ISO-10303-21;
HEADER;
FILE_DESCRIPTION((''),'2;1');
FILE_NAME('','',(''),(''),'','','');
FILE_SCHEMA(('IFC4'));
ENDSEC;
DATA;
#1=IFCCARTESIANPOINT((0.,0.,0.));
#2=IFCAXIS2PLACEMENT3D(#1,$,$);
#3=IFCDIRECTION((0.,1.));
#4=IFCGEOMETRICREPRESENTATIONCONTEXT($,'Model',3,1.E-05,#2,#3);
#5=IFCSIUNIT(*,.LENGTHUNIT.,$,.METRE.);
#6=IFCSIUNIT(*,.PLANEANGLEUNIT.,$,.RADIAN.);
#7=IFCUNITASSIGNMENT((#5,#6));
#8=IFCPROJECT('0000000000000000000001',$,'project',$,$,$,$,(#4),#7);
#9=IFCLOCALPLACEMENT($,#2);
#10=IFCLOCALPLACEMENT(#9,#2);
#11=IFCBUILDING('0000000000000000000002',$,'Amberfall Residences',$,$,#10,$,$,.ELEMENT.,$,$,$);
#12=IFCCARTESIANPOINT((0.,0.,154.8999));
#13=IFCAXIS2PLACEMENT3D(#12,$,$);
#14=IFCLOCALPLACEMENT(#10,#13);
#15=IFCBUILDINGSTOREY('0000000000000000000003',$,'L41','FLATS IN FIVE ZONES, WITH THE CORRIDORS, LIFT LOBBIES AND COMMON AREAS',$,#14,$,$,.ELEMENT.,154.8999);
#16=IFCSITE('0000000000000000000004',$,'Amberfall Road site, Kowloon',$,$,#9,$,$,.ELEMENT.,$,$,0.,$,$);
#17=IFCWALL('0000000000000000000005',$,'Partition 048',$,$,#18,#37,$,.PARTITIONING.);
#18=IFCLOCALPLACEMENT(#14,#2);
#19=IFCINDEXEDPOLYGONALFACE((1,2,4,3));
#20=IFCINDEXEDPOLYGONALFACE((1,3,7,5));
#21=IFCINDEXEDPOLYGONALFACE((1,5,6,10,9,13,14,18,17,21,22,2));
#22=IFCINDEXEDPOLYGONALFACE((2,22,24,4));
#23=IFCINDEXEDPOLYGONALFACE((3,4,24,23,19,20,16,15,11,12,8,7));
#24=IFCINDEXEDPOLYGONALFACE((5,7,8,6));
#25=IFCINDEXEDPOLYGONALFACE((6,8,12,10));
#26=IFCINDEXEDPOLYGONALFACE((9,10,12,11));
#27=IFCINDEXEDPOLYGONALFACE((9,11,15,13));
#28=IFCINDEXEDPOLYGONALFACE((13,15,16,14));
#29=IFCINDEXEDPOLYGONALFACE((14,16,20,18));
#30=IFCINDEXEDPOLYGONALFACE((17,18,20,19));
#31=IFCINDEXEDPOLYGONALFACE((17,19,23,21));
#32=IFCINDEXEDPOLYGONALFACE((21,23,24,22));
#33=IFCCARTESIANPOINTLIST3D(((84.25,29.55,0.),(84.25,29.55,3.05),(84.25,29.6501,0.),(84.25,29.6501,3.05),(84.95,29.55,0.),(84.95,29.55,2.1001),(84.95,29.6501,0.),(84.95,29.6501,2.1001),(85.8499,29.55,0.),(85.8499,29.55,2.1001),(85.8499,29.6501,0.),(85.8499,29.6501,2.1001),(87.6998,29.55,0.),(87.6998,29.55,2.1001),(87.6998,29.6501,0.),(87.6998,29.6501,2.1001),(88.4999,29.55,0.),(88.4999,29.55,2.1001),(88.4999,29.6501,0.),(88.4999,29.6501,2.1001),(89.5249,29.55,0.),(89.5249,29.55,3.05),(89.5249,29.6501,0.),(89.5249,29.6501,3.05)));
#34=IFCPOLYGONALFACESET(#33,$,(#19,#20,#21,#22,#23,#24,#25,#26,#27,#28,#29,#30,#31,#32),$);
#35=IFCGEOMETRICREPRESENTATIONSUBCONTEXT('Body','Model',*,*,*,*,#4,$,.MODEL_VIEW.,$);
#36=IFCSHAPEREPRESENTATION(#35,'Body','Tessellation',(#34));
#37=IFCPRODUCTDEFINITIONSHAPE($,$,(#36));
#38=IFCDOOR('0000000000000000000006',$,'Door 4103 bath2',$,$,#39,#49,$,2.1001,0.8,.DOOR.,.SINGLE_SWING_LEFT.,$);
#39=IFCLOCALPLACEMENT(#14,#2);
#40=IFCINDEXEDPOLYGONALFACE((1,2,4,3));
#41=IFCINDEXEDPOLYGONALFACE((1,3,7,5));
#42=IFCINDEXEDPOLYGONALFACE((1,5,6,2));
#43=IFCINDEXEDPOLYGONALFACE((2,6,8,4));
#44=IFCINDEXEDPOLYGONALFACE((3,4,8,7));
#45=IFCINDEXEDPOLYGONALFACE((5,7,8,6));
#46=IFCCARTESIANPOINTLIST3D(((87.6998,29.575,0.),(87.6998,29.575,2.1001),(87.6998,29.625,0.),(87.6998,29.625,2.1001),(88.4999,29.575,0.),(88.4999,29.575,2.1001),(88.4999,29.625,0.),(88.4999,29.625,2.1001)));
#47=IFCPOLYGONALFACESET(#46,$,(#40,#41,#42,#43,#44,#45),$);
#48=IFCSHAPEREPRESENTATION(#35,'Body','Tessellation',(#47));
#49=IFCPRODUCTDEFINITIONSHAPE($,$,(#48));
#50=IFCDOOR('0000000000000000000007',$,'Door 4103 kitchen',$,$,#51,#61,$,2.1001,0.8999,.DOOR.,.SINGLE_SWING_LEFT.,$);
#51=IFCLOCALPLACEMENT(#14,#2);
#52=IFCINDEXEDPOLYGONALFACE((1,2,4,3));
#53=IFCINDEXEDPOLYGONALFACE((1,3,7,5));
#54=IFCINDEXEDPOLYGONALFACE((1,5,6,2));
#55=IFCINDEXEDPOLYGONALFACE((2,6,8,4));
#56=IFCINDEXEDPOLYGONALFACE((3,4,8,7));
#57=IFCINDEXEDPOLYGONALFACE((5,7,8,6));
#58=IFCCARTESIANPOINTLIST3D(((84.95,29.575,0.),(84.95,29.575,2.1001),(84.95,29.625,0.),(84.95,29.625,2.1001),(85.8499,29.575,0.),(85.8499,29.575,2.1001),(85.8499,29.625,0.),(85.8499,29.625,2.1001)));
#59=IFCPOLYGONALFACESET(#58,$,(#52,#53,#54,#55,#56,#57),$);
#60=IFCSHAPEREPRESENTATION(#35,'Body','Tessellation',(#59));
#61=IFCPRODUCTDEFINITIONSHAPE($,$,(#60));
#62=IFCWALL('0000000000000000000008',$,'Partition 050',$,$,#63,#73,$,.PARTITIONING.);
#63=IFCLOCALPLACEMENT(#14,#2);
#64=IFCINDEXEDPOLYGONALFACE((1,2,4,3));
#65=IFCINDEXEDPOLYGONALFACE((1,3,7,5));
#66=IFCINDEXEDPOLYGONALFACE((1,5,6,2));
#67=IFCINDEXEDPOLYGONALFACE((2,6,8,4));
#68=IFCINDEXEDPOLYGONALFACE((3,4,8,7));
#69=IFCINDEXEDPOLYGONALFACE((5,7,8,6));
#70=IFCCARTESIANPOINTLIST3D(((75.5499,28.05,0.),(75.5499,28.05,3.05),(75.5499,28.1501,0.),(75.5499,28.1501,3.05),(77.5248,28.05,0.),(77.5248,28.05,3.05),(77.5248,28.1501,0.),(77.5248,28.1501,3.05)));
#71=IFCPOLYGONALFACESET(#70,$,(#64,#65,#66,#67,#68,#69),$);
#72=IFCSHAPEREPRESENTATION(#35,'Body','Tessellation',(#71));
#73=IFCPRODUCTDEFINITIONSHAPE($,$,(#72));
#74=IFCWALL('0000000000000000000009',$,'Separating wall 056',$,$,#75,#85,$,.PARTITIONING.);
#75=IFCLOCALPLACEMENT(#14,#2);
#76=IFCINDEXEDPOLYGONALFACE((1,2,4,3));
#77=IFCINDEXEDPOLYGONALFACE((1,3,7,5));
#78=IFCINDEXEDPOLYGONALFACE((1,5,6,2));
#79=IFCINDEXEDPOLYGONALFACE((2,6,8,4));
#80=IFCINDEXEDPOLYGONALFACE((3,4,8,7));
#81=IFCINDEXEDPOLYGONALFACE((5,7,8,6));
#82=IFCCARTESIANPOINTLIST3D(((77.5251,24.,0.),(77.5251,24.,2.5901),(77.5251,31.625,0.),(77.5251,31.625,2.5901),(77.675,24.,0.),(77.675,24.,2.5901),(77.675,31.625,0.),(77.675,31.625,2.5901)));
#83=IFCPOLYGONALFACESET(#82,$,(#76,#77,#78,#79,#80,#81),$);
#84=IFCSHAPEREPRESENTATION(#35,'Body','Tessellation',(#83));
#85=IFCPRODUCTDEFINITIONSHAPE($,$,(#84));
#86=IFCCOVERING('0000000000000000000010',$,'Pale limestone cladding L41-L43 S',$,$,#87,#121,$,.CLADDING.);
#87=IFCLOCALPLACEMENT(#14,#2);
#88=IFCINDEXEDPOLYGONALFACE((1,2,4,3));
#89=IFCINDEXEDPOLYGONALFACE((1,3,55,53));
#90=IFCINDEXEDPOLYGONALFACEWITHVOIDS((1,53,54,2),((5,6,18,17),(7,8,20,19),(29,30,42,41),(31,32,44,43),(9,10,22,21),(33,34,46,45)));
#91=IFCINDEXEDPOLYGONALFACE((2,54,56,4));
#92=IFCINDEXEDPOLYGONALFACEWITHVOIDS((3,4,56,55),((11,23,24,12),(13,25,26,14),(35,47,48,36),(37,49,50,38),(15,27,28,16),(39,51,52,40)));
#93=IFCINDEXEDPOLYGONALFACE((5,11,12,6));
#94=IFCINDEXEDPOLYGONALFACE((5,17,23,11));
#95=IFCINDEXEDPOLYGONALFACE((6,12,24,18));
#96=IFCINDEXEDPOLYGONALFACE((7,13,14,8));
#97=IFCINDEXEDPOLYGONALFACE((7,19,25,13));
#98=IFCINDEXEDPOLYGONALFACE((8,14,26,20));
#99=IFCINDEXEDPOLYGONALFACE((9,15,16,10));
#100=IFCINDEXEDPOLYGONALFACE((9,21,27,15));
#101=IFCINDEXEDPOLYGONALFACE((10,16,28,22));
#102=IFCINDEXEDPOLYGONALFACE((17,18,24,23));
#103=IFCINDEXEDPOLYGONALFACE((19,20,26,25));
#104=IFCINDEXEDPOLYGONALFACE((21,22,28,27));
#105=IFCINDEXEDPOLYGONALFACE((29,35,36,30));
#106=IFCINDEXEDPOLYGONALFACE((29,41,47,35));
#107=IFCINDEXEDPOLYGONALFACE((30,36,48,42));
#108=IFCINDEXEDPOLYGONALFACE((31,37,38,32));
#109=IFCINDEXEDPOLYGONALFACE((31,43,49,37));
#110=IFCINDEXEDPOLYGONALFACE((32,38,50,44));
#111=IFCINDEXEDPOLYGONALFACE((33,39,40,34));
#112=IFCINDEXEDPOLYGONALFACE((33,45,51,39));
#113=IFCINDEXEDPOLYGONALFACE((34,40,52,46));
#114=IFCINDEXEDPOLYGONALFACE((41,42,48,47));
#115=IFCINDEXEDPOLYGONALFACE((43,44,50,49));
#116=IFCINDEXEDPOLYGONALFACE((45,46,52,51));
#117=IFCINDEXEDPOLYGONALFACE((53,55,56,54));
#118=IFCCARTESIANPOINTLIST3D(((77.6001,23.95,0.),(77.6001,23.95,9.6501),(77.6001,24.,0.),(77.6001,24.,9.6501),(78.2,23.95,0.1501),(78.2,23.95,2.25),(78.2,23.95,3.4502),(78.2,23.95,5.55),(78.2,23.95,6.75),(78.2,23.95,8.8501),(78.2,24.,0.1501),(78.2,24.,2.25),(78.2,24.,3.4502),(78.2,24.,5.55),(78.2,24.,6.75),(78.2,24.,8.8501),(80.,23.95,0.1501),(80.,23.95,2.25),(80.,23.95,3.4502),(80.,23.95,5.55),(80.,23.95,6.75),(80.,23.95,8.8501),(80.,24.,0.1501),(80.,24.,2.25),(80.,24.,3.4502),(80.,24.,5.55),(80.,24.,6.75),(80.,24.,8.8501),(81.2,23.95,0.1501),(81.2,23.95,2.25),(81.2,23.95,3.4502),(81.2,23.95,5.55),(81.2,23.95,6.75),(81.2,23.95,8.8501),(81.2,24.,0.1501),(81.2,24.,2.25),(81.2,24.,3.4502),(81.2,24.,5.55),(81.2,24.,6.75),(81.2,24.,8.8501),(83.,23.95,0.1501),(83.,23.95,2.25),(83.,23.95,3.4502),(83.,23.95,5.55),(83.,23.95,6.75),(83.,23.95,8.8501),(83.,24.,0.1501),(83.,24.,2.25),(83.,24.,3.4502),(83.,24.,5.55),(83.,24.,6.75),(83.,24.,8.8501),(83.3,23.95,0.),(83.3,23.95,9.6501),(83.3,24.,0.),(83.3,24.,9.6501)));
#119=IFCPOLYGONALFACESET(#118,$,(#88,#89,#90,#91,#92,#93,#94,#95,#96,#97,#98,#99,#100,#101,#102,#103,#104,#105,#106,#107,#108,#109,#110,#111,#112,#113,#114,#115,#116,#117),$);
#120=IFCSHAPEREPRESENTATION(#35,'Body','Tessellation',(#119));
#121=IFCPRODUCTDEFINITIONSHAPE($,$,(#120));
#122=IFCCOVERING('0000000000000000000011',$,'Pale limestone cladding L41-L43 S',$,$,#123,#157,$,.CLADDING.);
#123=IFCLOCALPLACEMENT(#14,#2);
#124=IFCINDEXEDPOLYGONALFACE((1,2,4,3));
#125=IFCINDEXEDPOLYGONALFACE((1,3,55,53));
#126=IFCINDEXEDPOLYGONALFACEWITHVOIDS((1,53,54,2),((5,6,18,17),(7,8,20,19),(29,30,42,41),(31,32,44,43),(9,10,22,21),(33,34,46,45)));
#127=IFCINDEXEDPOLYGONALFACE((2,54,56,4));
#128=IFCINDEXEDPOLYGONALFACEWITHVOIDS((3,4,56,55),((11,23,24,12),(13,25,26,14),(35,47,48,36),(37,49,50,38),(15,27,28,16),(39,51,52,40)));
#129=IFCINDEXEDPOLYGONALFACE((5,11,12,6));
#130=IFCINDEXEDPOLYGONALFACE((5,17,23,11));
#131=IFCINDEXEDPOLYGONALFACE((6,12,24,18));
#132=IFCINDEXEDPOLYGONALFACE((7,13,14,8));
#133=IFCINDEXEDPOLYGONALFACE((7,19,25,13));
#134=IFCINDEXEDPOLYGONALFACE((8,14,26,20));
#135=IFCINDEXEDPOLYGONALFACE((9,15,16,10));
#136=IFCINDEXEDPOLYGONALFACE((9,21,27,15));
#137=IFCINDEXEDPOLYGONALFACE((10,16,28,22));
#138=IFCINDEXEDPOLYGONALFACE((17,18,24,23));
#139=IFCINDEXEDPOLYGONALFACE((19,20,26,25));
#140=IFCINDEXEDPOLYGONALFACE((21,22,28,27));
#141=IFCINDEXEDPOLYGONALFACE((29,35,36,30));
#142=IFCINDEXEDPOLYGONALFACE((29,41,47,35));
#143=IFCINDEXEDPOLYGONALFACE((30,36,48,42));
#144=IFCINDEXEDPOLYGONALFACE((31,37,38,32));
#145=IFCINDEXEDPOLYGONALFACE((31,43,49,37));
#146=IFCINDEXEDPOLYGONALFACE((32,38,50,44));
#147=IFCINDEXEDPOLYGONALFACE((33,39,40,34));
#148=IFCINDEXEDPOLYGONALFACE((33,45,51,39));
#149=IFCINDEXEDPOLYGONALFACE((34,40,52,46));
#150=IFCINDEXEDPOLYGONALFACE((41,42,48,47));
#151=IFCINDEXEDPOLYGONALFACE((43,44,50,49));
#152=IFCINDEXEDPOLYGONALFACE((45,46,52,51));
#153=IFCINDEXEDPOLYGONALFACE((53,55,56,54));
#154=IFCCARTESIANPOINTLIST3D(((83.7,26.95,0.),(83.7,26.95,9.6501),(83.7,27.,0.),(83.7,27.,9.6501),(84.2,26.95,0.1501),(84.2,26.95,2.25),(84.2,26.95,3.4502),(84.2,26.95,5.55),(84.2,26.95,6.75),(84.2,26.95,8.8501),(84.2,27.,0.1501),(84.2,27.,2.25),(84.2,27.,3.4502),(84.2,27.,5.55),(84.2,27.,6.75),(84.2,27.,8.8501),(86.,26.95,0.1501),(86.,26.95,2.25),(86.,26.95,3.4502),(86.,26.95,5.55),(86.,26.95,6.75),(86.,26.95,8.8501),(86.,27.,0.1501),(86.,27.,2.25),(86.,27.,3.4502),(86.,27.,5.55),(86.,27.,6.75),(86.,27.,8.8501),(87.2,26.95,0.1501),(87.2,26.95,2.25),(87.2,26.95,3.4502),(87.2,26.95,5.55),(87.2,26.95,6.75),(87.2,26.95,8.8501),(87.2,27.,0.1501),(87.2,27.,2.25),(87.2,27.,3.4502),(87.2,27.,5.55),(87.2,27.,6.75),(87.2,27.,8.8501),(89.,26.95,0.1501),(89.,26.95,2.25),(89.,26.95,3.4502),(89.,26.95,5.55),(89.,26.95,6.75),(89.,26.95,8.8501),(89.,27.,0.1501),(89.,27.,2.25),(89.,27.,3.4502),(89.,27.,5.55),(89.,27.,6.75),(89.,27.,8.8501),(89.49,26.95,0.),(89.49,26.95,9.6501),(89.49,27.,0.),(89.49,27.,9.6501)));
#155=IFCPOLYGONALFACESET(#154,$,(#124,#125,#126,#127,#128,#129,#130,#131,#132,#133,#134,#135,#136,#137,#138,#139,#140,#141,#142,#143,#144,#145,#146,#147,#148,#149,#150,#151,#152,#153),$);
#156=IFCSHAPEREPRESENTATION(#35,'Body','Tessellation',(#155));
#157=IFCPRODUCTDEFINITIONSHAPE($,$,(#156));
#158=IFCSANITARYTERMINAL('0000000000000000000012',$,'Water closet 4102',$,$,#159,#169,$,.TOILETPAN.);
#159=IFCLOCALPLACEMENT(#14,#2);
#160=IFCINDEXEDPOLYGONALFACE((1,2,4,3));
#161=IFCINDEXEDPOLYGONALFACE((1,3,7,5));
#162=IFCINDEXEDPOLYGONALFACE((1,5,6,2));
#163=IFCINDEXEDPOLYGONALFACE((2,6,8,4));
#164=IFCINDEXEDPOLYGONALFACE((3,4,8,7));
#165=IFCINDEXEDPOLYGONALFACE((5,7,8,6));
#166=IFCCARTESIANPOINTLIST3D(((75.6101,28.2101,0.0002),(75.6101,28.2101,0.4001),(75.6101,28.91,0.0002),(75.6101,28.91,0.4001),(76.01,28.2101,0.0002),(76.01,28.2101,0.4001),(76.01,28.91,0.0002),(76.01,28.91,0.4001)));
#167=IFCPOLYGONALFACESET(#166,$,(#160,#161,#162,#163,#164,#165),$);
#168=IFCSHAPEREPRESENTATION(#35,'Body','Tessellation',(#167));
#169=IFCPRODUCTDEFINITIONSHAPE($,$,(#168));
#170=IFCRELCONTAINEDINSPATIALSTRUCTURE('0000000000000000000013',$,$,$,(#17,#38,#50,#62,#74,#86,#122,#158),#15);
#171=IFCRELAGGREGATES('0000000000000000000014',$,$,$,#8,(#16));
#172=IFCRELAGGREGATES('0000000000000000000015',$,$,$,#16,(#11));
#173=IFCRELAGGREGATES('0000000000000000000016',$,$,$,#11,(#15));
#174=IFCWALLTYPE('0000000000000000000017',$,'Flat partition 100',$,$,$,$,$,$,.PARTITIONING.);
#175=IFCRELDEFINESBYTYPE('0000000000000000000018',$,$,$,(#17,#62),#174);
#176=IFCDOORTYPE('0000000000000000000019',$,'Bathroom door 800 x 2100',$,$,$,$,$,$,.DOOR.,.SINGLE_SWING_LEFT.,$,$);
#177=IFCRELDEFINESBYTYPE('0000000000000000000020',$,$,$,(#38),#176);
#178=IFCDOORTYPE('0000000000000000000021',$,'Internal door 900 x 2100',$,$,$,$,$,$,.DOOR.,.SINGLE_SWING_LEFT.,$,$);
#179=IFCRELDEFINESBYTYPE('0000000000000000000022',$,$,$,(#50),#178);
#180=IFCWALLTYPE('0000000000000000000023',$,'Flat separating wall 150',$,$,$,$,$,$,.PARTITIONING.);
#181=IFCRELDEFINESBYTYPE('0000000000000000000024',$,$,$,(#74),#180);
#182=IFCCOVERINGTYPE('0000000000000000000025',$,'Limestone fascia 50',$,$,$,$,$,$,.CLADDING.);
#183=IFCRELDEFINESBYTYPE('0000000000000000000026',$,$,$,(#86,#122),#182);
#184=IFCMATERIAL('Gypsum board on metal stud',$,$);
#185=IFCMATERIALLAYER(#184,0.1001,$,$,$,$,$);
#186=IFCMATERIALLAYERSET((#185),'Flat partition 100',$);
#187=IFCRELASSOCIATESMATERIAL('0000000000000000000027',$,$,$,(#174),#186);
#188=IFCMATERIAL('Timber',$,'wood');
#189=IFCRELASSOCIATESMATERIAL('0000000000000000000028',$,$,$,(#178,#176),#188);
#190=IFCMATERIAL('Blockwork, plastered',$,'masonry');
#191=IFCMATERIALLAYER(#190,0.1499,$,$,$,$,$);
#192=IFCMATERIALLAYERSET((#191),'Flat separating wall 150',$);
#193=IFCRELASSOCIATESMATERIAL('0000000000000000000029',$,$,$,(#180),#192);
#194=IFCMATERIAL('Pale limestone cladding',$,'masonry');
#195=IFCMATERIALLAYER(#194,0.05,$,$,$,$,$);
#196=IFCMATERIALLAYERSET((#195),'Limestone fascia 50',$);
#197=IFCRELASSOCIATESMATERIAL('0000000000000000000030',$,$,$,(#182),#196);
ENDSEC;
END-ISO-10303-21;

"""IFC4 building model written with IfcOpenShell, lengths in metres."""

from ifc_helpers import new_model, si_unit, direction, frame, frame_2d, origin, origin_2d, place, context, subcontext, project, spatial, polyline, rectangle, outline, extrude, material, layer, layer_set, type_object, element, fill, save


model = new_model("IFC4")

# Units and contexts
model_context = context("Model", 3, precision=1e-05, world=origin(), true_north=direction((0.0, 1.0)))
body_context = subcontext(model_context, "Body", "Model", "MODEL_VIEW")
ifc_project = project(units=[si_unit("LENGTHUNIT", "METRE"), si_unit("PLANEANGLEUNIT", "RADIAN")], contexts=[model_context])

# Site, building, storey
site_placement = place(None, origin())
site = spatial("IfcSite", under=ifc_project, at=site_placement, Name="Amberfall Road site, Kowloon", CompositionType="ELEMENT", RefElevation=0.0)
building_placement = place(site_placement, origin())
building = spatial("IfcBuilding", under=site, at=building_placement, Name="Amberfall Residences", CompositionType="ELEMENT")
storey_placement = place(building_placement, frame((0.0, 0.0, 154.8999)))
storey = spatial("IfcBuildingStorey", under=building, at=storey_placement, Name="L41", Description="FLATS IN FIVE ZONES, WITH THE CORRIDORS, LIFT LOBBIES AND COMMON AREAS", CompositionType="ELEMENT", Elevation=154.8999)

# Shared definitions
ifc_material_1 = material(Name="Gypsum board on metal stud")
ifc_layer_1 = layer(ifc_material_1, 0.1001)
ifc_layer_set_1 = layer_set([ifc_layer_1], Name="Flat partition 100")
wall_type_1 = type_object("IfcWallType", Name="Flat partition 100", PredefinedType="PARTITIONING", material=ifc_layer_set_1)
ifc_material_2 = material(Name="Timber", Category="wood")
door_type_1 = type_object("IfcDoorType", Name="Internal door 900 x 2100", OperationType="SINGLE_SWING_LEFT", PredefinedType="DOOR", material=ifc_material_2)

# Shared definitions
door_type_2 = type_object("IfcDoorType", Name="Bathroom door 800 x 2100", OperationType="SINGLE_SWING_LEFT", PredefinedType="DOOR", material=ifc_material_2)

# Wall, openings, doors
wall_1_placement = place(storey_placement, frame((84.25, 29.6001, 0.0), z_axis=(0.0, 0.0, 1.0), x_axis=(1.0, 0.0, 0.0)))
wall_1 = element("IfcWall", 1, at=wall_1_placement, inside=storey, type_object=wall_type_1, Name="Partition 048", PredefinedType="PARTITIONING", context=body_context, shape_type="SweptSolid", body=[
    extrude(rectangle(XDim=5.2749, YDim=0.1001, at=frame_2d((2.6375, 0.0))), origin(), (0.0, 0.0, 1.0), 3.05),
])
opening_1_placement = place(wall_1_placement, frame((0.7, 0.0, 0.0)))
opening_1 = element("IfcOpeningElement", 2, at=opening_1_placement, cuts=wall_1, PredefinedType="OPENING", context=body_context, shape_type="SweptSolid", body=[
    extrude(rectangle(XDim=0.8999, YDim=2.1001, at=frame_2d((0.45, 1.05))), frame((0.0, 0.0601, 0.0), z_axis=(0.0, -1.0, 0.0), x_axis=(1.0, 0.0, 0.0)), (0.0, 0.0, 1.0), 0.1201),
])
opening_2_placement = place(wall_1_placement, frame((3.45, 0.0, 0.0)))
opening_2 = element("IfcOpeningElement", 3, at=opening_2_placement, cuts=wall_1, PredefinedType="OPENING", context=body_context, shape_type="SweptSolid", body=[
    extrude(rectangle(XDim=0.8, YDim=2.1001, at=frame_2d((0.3999, 1.05))), frame((0.0, 0.0601, 0.0), z_axis=(0.0, -1.0, 0.0), x_axis=(1.0, 0.0, 0.0)), (0.0, 0.0, 1.0), 0.1201),
])
door_1_placement = place(opening_2_placement, origin())
door_1 = element("IfcDoor", 4, at=door_1_placement, inside=storey, type_object=door_type_2, Name="Door 4103 bath2", OperationType="SINGLE_SWING_LEFT", OverallHeight=2.1001, OverallWidth=0.8, PredefinedType="DOOR", context=body_context, shape_type="SweptSolid", body=[
    extrude(rectangle(XDim=0.8, YDim=2.1001, at=frame_2d((0.3999, 1.05))), frame((0.0, 0.0249, 0.0), z_axis=(0.0, -1.0, 0.0), x_axis=(1.0, 0.0, 0.0)), (0.0, 0.0, 1.0), 0.05),
])
fill(opening_2, door_1)
door_2_placement = place(opening_1_placement, origin())
door_2 = element("IfcDoor", 5, at=door_2_placement, inside=storey, type_object=door_type_1, Name="Door 4103 kitchen", OperationType="SINGLE_SWING_LEFT", OverallHeight=2.1001, OverallWidth=0.8999, PredefinedType="DOOR", context=body_context, shape_type="SweptSolid", body=[
    extrude(rectangle(XDim=0.8999, YDim=2.1001, at=frame_2d((0.45, 1.05))), frame((0.0, 0.0249, 0.0), z_axis=(0.0, -1.0, 0.0), x_axis=(1.0, 0.0, 0.0)), (0.0, 0.0, 1.0), 0.05),
])
fill(opening_1, door_2)

# Walls
wall_2_placement = place(storey_placement, frame((75.55, 28.1001, 0.0), z_axis=(0.0, 0.0, 1.0), x_axis=(1.0, 0.0, 0.0)))
element("IfcWall", 6, at=wall_2_placement, inside=storey, type_object=wall_type_1, Name="Partition 050", PredefinedType="PARTITIONING", context=body_context, shape_type="SweptSolid", body=[
    extrude(rectangle(XDim=1.9749, YDim=0.1001, at=frame_2d((0.9873, 0.0))), origin(), (0.0, 0.0, 1.0), 3.05),
])
ifc_material_3 = material(Name="Blockwork, plastered", Category="masonry")
ifc_layer_2 = layer(ifc_material_3, 0.1499)
ifc_layer_set_2 = layer_set([ifc_layer_2], Name="Flat separating wall 150")
wall_type_2 = type_object("IfcWallType", Name="Flat separating wall 150", PredefinedType="PARTITIONING", material=ifc_layer_set_2)
wall_3_placement = place(storey_placement, frame((77.6001, 24.0, 0.0), z_axis=(0.0, 0.0, 1.0), x_axis=(0.0, 1.0, 0.0)))
element("IfcWall", 7, at=wall_3_placement, inside=storey, type_object=wall_type_2, Name="Separating wall 056", PredefinedType="PARTITIONING", context=body_context, shape_type="SweptSolid", body=[
    extrude(rectangle(XDim=7.625, YDim=0.1499, at=frame_2d((3.8125, 0.0))), origin(), (0.0, 0.0, 1.0), 2.5901),
])

# Coverings
ifc_material_4 = material(Name="Pale limestone cladding", Category="masonry")
ifc_layer_3 = layer(ifc_material_4, 0.05)
ifc_layer_set_3 = layer_set([ifc_layer_3], Name="Limestone fascia 50")
covering_type = type_object("IfcCoveringType", Name="Limestone fascia 50", PredefinedType="CLADDING", material=ifc_layer_set_3)
covering_1_placement = place(storey_placement, frame((77.6001, 24.0, 9.6501), z_axis=(0.0, 1.0, 0.0), x_axis=(1.0, 0.0, 0.0)))
element("IfcCovering", 8, at=covering_1_placement, inside=storey, type_object=covering_type, Name="Pale limestone cladding L41-L43 S", PredefinedType="CLADDING", context=body_context, shape_type="SweptSolid", body=[
    extrude(outline(polyline([(0.0, 0.0), (5.7, 0.0), (5.7, 9.6501), (0.0, 9.6501), (0.0, 0.0)]), holes=[polyline([(0.5999, 7.4001), (2.3999, 7.4001), (2.3999, 9.5), (0.5999, 9.5), (0.5999, 7.4001)]), polyline([(3.5999, 7.4001), (5.3999, 7.4001), (5.3999, 9.5), (3.5999, 9.5), (3.5999, 7.4001)]), polyline([(0.5999, 4.1001), (2.3999, 4.1001), (2.3999, 6.2), (0.5999, 6.2), (0.5999, 4.1001)]), polyline([(3.5999, 4.1001), (5.3999, 4.1001), (5.3999, 6.2), (3.5999, 6.2), (3.5999, 4.1001)]), polyline([(0.5999, 0.8), (2.3999, 0.8), (2.3999, 2.9001), (0.5999, 2.9001), (0.5999, 0.8)]), polyline([(3.5999, 0.8), (5.3999, 0.8), (5.3999, 2.9001), (3.5999, 2.9001), (3.5999, 0.8)])]), origin(), (0.0, 0.0, -1.0), 0.05),
])
covering_2_placement = place(storey_placement, frame((83.7, 27.0, 9.6501), z_axis=(0.0, 1.0, 0.0), x_axis=(1.0, 0.0, 0.0)))
element("IfcCovering", 9, at=covering_2_placement, inside=storey, type_object=covering_type, Name="Pale limestone cladding L41-L43 S", PredefinedType="CLADDING", context=body_context, shape_type="SweptSolid", body=[
    extrude(outline(polyline([(0.0, 0.0), (5.79, 0.0), (5.79, 9.6501), (0.0, 9.6501), (0.0, 0.0)]), holes=[polyline([(0.5, 7.4001), (2.3, 7.4001), (2.3, 9.5), (0.5, 9.5), (0.5, 7.4001)]), polyline([(3.5, 7.4001), (5.3, 7.4001), (5.3, 9.5), (3.5, 9.5), (3.5, 7.4001)]), polyline([(0.5, 4.1001), (2.3, 4.1001), (2.3, 6.2), (0.5, 6.2), (0.5, 4.1001)]), polyline([(3.5, 4.1001), (5.3, 4.1001), (5.3, 6.2), (3.5, 6.2), (3.5, 4.1001)]), polyline([(0.5, 0.8), (2.3, 0.8), (2.3, 2.9001), (0.5, 2.9001), (0.5, 0.8)]), polyline([(3.5, 0.8), (5.3, 0.8), (5.3, 2.9001), (3.5, 2.9001), (3.5, 0.8)])]), origin(), (0.0, 0.0, -1.0), 0.05),
])

# Sanitary terminal
sanitary_terminal_1_placement = place(storey_placement, frame((75.8101, 28.5601, 0.0002), z_axis=(0.0, 0.0, 1.0), x_axis=(1.0, 0.0, 0.0)))
element("IfcSanitaryTerminal", 10, at=sanitary_terminal_1_placement, inside=storey, Name="Water closet 4102", PredefinedType="TOILETPAN", context=body_context, shape_type="SweptSolid", body=[
    extrude(rectangle(XDim=0.3999, YDim=0.7, at=origin_2d()), origin(), (0.0, 0.0, 1.0), 0.3999),
])

save(model, "model.ifc")
